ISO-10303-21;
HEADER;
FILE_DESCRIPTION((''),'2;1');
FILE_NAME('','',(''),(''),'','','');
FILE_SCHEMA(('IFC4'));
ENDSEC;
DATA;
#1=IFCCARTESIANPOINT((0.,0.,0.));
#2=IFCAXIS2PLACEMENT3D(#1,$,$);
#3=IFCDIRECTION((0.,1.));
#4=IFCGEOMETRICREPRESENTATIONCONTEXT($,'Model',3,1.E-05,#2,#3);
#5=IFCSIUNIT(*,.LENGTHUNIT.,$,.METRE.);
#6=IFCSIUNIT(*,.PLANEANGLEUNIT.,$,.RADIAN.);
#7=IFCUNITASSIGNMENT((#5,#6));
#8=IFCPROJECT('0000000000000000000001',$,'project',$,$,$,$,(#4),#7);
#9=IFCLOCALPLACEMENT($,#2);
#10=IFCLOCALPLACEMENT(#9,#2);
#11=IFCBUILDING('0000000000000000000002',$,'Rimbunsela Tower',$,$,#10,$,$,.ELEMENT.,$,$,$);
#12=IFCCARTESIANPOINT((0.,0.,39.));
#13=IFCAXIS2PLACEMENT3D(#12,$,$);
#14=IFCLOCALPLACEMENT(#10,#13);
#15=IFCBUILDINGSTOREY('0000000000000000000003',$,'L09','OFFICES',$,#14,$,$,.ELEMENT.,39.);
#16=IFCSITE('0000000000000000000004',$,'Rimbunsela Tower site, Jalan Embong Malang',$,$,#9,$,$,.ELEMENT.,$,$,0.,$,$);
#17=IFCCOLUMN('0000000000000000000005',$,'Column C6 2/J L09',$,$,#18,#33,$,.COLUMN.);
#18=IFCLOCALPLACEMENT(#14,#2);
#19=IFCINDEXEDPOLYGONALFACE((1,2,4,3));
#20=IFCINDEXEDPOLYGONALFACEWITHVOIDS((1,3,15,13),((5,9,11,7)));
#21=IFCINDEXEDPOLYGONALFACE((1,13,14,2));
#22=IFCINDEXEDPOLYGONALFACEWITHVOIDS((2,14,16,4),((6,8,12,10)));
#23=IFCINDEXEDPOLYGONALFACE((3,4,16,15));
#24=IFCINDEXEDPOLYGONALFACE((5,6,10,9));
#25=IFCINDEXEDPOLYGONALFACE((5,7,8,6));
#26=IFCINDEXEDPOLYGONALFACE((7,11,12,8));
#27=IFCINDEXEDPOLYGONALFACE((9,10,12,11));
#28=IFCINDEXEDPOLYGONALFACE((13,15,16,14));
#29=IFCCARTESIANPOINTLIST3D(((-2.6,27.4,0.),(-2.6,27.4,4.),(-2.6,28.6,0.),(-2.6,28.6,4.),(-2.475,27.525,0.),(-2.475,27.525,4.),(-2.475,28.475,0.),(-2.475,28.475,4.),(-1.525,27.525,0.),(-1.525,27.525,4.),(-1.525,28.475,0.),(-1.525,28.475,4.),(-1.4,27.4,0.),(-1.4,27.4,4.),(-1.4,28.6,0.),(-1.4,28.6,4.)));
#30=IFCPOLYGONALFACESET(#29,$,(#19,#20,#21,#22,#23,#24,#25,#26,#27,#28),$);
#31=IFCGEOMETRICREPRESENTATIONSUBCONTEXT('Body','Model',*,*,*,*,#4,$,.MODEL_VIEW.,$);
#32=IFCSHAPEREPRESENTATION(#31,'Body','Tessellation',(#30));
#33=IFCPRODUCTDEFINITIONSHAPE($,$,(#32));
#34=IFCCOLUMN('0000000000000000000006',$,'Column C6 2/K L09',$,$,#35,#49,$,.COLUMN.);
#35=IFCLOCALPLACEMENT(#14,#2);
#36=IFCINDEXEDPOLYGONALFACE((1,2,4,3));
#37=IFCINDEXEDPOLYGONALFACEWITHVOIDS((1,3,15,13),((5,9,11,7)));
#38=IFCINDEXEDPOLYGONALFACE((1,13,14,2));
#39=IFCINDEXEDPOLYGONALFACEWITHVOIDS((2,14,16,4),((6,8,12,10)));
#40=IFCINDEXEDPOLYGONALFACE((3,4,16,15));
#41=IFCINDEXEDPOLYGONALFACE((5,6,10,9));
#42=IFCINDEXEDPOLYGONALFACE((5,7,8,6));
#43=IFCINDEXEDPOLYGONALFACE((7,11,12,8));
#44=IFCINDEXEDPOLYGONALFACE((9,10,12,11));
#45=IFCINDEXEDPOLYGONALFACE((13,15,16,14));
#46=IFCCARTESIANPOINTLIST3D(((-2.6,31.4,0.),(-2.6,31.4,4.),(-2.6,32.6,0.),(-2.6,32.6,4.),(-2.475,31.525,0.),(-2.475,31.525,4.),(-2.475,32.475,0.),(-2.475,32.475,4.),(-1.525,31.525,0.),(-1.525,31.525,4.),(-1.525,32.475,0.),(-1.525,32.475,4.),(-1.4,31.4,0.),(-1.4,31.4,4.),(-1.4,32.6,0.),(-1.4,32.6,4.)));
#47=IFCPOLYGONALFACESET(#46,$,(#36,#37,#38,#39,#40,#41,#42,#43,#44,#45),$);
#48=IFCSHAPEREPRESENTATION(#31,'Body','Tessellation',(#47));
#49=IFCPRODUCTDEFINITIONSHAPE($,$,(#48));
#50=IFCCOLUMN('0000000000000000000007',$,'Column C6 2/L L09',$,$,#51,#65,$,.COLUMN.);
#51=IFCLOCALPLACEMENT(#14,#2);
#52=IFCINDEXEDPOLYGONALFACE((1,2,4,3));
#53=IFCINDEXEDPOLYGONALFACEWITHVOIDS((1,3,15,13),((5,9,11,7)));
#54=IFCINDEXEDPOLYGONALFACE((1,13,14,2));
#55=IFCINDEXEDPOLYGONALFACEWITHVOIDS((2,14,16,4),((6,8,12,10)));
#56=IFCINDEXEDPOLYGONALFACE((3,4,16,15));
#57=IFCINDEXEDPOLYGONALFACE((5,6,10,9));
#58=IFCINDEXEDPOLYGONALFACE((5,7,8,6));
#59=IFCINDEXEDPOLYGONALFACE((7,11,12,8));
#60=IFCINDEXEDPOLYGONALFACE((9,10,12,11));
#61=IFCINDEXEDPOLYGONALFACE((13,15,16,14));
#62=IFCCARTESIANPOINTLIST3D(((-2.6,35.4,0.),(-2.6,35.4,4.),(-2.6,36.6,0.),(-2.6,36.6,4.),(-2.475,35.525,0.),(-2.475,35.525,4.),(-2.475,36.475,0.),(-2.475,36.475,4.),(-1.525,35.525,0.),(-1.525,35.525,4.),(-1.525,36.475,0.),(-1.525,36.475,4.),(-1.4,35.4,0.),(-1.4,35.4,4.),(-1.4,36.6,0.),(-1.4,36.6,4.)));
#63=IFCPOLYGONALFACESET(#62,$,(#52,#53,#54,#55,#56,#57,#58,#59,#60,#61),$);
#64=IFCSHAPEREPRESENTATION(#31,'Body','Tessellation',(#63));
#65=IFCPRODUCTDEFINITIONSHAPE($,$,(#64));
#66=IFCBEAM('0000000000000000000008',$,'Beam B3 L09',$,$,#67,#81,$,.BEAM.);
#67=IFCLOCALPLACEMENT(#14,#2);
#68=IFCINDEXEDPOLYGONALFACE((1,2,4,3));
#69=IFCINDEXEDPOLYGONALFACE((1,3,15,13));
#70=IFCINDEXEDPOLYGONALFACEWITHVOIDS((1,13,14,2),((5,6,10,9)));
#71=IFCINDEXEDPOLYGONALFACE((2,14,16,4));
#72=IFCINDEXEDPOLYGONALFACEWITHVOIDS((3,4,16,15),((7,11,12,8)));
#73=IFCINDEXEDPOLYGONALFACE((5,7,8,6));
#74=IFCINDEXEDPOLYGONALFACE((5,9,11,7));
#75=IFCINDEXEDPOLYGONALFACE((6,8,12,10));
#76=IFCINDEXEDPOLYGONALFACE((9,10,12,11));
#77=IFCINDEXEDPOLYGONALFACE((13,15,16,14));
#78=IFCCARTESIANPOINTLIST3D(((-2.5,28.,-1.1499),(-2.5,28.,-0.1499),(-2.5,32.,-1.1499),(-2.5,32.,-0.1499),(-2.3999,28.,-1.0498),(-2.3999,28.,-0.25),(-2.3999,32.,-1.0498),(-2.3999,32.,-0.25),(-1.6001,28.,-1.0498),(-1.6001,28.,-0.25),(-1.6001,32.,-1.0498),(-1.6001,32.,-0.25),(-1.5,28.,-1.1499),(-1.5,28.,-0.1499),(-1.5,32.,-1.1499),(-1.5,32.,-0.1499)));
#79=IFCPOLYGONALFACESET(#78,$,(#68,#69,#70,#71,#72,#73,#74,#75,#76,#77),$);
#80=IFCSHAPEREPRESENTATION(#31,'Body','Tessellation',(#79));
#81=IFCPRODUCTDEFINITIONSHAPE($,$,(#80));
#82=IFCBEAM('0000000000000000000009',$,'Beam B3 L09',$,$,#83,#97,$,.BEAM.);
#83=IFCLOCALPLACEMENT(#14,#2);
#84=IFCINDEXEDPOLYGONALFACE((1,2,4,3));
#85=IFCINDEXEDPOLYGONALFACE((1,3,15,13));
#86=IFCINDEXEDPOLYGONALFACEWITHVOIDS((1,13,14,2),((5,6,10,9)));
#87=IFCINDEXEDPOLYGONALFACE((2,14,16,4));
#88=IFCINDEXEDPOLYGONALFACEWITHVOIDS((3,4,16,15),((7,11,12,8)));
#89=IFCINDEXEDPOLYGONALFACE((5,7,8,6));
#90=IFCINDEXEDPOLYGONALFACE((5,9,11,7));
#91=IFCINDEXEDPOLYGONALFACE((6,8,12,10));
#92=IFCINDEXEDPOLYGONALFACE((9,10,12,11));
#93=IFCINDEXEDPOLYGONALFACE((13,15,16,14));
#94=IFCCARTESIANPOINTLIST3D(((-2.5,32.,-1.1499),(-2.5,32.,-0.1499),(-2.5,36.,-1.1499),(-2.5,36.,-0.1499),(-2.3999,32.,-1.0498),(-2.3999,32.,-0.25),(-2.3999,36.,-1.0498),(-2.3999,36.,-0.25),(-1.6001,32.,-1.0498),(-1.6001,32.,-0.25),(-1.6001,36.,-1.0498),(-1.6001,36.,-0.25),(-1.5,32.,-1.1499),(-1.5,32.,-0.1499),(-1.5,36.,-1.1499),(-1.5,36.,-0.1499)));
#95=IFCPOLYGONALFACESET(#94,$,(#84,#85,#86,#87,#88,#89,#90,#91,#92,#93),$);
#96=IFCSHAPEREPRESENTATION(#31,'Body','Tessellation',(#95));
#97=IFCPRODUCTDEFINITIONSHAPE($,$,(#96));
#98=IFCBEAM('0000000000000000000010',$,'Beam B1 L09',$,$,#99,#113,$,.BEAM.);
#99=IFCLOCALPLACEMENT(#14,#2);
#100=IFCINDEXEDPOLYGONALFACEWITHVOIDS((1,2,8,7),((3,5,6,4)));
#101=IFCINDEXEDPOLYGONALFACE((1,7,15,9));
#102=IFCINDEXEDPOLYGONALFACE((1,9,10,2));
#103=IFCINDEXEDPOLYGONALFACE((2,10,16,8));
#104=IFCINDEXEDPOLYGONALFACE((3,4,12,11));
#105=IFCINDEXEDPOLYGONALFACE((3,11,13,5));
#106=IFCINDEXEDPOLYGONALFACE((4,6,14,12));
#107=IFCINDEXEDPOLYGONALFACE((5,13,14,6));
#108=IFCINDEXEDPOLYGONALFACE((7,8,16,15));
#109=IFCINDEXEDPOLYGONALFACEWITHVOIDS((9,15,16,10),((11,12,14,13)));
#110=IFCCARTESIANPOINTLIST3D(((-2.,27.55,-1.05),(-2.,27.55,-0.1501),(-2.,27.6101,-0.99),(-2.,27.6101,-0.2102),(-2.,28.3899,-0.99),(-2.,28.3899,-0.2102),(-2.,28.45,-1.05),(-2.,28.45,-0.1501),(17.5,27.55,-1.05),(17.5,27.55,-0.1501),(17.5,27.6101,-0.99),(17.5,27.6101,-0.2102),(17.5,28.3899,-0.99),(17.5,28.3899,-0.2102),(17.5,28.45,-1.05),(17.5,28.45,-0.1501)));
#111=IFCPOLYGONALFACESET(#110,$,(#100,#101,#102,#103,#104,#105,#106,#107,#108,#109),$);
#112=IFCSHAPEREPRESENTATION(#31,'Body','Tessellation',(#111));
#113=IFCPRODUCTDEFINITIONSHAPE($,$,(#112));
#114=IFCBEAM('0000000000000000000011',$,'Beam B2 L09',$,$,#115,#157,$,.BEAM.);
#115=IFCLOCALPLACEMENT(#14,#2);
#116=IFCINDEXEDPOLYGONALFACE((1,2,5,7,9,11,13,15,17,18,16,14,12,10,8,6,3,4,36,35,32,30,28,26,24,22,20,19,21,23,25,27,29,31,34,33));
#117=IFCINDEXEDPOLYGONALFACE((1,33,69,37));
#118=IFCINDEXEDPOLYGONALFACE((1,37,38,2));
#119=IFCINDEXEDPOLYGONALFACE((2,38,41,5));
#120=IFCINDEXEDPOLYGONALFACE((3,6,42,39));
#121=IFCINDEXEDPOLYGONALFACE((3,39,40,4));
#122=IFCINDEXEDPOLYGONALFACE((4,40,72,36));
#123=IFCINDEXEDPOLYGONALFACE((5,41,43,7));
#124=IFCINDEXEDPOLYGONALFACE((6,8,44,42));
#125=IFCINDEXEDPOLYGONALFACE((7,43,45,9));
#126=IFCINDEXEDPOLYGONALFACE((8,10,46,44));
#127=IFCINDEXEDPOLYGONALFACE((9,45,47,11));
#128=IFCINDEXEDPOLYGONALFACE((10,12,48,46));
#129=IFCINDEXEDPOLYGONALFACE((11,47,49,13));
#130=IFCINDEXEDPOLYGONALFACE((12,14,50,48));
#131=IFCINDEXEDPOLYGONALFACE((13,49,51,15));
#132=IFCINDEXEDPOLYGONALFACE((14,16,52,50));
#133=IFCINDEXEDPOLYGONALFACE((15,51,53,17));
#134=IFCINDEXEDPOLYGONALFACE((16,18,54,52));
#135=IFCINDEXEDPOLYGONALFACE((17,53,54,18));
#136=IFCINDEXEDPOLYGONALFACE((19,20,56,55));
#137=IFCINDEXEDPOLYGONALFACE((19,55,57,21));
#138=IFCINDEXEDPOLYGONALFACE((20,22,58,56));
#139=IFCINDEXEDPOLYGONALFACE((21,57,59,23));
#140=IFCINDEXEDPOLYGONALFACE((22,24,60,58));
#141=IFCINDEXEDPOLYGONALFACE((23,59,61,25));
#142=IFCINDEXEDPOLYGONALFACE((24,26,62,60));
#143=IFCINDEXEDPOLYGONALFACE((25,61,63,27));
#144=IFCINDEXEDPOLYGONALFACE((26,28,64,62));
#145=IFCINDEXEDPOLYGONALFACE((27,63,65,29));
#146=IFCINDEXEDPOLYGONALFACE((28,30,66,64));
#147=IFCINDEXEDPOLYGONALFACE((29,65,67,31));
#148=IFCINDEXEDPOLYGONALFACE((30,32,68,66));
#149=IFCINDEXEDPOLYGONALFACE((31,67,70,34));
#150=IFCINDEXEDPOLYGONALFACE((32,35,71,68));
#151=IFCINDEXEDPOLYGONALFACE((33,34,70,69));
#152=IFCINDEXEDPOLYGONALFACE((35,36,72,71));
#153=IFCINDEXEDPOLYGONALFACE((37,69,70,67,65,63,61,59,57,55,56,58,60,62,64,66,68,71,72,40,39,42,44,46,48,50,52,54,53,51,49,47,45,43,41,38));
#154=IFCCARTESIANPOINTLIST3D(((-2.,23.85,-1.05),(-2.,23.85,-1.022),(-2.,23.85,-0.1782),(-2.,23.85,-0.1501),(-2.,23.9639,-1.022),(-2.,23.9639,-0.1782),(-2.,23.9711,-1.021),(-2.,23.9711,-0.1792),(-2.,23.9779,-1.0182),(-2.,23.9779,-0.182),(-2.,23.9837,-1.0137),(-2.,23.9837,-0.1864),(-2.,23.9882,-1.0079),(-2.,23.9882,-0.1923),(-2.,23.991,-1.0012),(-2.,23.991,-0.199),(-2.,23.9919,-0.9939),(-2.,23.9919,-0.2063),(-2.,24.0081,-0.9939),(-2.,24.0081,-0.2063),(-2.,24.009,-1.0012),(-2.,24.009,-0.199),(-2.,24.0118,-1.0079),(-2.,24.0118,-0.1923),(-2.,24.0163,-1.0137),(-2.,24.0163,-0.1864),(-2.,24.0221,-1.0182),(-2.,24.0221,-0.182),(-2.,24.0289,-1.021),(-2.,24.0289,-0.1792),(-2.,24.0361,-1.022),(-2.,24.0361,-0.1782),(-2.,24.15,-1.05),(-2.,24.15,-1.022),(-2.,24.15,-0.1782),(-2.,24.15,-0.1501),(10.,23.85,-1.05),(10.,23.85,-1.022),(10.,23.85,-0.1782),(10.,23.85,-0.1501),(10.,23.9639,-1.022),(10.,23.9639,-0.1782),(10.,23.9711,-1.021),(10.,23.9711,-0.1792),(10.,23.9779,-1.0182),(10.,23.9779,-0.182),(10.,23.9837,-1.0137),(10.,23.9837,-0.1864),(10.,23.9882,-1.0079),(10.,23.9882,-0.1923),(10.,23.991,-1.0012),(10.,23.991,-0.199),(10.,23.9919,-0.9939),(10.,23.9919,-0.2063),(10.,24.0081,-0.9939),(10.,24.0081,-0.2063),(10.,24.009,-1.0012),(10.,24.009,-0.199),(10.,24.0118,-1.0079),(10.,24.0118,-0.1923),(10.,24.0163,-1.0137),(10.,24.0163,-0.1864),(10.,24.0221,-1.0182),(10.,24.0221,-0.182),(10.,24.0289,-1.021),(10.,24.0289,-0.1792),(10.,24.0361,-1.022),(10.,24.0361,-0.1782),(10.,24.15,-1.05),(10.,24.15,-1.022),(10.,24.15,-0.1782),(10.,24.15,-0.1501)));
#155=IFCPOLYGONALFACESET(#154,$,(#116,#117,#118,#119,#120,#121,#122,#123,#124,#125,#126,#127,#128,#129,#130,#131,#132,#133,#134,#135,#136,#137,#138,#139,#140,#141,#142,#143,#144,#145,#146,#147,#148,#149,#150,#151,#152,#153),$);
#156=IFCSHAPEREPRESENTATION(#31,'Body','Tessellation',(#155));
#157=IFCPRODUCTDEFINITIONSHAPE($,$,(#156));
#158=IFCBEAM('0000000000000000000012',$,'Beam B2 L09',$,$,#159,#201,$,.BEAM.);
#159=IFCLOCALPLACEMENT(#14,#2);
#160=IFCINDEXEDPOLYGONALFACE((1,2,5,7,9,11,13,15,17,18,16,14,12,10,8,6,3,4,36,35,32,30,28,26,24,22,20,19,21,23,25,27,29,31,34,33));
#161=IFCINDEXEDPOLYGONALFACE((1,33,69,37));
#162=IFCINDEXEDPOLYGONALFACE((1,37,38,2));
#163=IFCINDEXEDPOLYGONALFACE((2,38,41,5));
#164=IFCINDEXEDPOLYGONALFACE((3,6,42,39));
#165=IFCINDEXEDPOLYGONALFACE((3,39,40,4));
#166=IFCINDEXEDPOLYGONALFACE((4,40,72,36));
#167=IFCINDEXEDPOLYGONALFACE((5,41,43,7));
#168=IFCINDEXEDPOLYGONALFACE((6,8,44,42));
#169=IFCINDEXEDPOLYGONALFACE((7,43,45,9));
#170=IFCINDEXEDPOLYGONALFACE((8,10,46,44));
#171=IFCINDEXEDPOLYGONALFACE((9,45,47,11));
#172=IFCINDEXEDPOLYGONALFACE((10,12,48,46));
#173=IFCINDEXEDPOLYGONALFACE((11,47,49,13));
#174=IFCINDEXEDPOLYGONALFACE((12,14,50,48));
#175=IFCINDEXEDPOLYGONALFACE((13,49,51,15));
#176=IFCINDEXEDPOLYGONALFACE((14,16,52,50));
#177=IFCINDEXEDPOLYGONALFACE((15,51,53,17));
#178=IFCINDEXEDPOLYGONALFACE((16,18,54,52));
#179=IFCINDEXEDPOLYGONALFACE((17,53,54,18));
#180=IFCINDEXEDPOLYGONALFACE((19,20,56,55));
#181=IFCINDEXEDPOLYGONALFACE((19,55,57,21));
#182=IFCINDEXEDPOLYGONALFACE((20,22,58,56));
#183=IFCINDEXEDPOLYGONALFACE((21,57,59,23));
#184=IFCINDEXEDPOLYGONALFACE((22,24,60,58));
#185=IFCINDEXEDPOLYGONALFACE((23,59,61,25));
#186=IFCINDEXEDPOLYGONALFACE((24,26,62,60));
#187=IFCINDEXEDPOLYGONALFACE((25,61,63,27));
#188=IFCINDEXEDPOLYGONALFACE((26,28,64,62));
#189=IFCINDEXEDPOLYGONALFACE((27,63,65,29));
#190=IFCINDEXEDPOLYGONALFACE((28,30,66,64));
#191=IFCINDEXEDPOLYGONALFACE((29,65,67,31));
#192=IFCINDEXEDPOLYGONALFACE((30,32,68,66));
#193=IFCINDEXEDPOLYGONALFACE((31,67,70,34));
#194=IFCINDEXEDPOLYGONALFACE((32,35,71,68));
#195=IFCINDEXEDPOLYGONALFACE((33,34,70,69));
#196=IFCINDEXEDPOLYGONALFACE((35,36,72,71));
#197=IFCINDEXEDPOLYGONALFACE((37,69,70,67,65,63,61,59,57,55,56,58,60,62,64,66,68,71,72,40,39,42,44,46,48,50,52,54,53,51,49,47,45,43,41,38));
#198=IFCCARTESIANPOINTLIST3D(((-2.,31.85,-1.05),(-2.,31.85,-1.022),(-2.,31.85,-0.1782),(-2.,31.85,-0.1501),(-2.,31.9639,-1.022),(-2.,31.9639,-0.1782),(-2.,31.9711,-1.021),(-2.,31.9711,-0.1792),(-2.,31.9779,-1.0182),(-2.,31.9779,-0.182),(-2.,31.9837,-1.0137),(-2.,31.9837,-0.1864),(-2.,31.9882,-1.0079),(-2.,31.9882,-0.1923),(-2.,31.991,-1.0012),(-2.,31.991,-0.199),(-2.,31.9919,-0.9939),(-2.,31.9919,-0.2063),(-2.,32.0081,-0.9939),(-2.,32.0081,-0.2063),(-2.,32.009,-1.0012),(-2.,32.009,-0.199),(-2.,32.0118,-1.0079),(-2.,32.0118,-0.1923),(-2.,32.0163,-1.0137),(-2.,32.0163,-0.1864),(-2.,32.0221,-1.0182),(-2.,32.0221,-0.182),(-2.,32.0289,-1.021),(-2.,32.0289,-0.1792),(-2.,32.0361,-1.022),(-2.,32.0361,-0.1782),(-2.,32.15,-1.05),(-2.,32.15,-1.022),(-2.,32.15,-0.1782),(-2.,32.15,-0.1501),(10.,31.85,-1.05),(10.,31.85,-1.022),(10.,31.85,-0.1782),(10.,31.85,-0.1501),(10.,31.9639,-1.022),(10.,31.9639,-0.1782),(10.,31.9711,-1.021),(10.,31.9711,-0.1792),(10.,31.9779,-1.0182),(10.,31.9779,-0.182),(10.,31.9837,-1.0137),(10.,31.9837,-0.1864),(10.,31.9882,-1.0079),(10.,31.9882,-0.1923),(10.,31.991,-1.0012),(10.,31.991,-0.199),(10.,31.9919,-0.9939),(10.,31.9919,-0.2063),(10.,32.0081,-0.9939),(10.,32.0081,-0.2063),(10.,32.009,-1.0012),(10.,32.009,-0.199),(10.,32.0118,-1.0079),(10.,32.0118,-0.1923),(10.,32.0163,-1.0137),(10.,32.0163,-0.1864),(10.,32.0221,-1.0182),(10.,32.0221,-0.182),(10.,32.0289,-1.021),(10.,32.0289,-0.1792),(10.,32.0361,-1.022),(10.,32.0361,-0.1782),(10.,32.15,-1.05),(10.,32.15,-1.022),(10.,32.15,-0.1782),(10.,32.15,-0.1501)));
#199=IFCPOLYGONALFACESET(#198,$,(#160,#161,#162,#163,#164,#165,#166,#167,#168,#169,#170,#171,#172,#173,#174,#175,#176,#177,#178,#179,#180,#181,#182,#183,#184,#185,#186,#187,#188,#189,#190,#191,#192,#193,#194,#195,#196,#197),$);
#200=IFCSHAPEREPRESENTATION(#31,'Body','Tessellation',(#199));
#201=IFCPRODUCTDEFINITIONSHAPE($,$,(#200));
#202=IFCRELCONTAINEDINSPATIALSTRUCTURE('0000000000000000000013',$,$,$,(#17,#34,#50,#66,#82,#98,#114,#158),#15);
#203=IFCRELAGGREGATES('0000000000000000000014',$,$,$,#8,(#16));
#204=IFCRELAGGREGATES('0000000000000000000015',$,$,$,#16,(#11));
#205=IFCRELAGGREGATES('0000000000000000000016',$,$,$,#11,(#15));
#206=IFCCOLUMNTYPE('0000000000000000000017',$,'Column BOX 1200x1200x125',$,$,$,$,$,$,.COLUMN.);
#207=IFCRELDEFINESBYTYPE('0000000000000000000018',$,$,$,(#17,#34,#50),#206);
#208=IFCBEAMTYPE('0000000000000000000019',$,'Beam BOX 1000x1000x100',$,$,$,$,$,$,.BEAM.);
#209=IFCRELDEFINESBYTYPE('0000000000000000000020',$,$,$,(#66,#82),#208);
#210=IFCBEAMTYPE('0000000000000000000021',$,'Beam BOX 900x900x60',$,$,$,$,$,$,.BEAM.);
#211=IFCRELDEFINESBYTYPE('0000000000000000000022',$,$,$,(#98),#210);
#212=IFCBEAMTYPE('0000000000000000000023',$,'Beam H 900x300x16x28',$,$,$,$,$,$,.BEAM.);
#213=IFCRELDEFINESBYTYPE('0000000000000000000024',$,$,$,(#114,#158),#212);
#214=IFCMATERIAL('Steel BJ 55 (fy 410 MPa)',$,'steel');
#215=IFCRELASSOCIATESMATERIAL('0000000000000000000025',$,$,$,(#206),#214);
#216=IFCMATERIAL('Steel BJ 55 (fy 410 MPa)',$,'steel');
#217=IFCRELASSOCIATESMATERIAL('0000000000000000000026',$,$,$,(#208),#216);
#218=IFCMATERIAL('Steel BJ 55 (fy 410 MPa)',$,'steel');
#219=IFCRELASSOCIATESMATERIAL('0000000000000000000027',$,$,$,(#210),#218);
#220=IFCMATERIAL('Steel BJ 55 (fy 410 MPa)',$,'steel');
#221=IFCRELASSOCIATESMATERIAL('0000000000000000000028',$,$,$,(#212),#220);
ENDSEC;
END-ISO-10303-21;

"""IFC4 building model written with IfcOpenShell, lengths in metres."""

from ifc_helpers import new_model, si_unit, direction, frame, origin, origin_2d, place, context, subcontext, project, spatial, hollow_rectangle, i_section, extrude, material, material_profile, profile_set, type_object, element, save


model = new_model("IFC4")

# Units and contexts
model_context = context("Model", 3, precision=1e-05, world=origin(), true_north=direction((0.0, 1.0)))
body_context = subcontext(model_context, "Body", "Model", "MODEL_VIEW")
ifc_project = project(units=[si_unit("LENGTHUNIT", "METRE"), si_unit("PLANEANGLEUNIT", "RADIAN")], contexts=[model_context])

# Site, building, storey
site_placement = place(None, origin())
site = spatial("IfcSite", under=ifc_project, at=site_placement, Name="Rimbunsela Tower site, Jalan Embong Malang", CompositionType="ELEMENT", RefElevation=0.0)
building_placement = place(site_placement, origin())
building = spatial("IfcBuilding", under=site, at=building_placement, Name="Rimbunsela Tower", CompositionType="ELEMENT")
storey_placement = place(building_placement, frame((0.0, 0.0, 39.0)))
storey = spatial("IfcBuildingStorey", under=building, at=storey_placement, Name="L09", Description="OFFICES", CompositionType="ELEMENT", Elevation=39.0)

# Columns
ifc_material_1 = material(Name="Steel BJ 55 (fy 410 MPa)", Category="steel")
ifc_material_profile_1 = material_profile(ifc_material_1, hollow_rectangle(XDim=1.2, YDim=1.2, WallThickness=0.125, at=origin_2d()), Name="BOX 1200x1200x125")
ifc_profile_set_1 = profile_set([ifc_material_profile_1], Name="Steel BJ 55 (fy 410 MPa)")
column_type = type_object("IfcColumnType", Name="Column BOX 1200x1200x125", PredefinedType="COLUMN", material=ifc_profile_set_1)
for number, where, z_axis, x_axis, name in (
    (1, (-2.0, 28.0, 0.0), (0.0, 0.0, 1.0), (1.0, 0.0, 0.0), "Column C6 2/J L09"),
    (2, (-2.0, 32.0, 0.0), (0.0, 0.0, 1.0), (1.0, 0.0, 0.0), "Column C6 2/K L09"),
    (3, (-2.0, 36.0, 0.0), (0.0, 0.0, 1.0), (1.0, 0.0, 0.0), "Column C6 2/L L09"),
):
    element("IfcColumn", number, at=place(storey_placement, frame(where, z_axis=z_axis, x_axis=x_axis)), inside=storey, type_object=column_type, Name=name, PredefinedType="COLUMN", context=body_context, shape_type="SweptSolid", body=[
        extrude(hollow_rectangle(XDim=1.2, YDim=1.2, WallThickness=0.125, at=origin_2d()), origin(), (0.0, 0.0, 1.0), 4.0),
    ])

# Beams
ifc_material_2 = material(Name="Steel BJ 55 (fy 410 MPa)", Category="steel")
ifc_material_profile_2 = material_profile(ifc_material_2, hollow_rectangle(XDim=1.0, YDim=1.0, WallThickness=0.1001, at=origin_2d()), Name="BOX 1000x1000x100")
ifc_profile_set_2 = profile_set([ifc_material_profile_2], Name="Steel BJ 55 (fy 410 MPa)")
beam_type_1 = type_object("IfcBeamType", Name="Beam BOX 1000x1000x100", PredefinedType="BEAM", material=ifc_profile_set_2)
for number, where, z_axis, x_axis, name in (
    (4, (-2.0, 28.0, -0.6499), (0.0, 1.0, 0.0), (-1.0, 0.0, 0.0), "Beam B3 L09"),
    (5, (-2.0, 32.0, -0.6499), (0.0, 1.0, 0.0), (-1.0, 0.0, 0.0), "Beam B3 L09"),
):
    element("IfcBeam", number, at=place(storey_placement, frame(where, z_axis=z_axis, x_axis=x_axis)), inside=storey, type_object=beam_type_1, Name=name, PredefinedType="BEAM", context=body_context, shape_type="SweptSolid", body=[
        extrude(hollow_rectangle(XDim=1.0, YDim=1.0, WallThickness=0.1001, at=origin_2d()), origin(), (0.0, 0.0, 1.0), 4.0),
    ])
ifc_material_3 = material(Name="Steel BJ 55 (fy 410 MPa)", Category="steel")
ifc_material_profile_3 = material_profile(ifc_material_3, hollow_rectangle(XDim=0.8999, YDim=0.8999, WallThickness=0.0601, at=origin_2d()), Name="BOX 900x900x60")
ifc_profile_set_3 = profile_set([ifc_material_profile_3], Name="Steel BJ 55 (fy 410 MPa)")
beam_type_2 = type_object("IfcBeamType", Name="Beam BOX 900x900x60", PredefinedType="BEAM", material=ifc_profile_set_3)
beam_placement = place(storey_placement, frame((-2.0, 28.0, -0.6001), z_axis=(1.0, 0.0, 0.0), x_axis=(0.0, 1.0, 0.0)))
element("IfcBeam", 6, at=beam_placement, inside=storey, type_object=beam_type_2, Name="Beam B1 L09", PredefinedType="BEAM", context=body_context, shape_type="SweptSolid", body=[
    extrude(hollow_rectangle(XDim=0.8999, YDim=0.8999, WallThickness=0.0601, at=origin_2d()), origin(), (0.0, 0.0, 1.0), 19.5),
])
ifc_material_4 = material(Name="Steel BJ 55 (fy 410 MPa)", Category="steel")
ifc_material_profile_4 = material_profile(ifc_material_4, i_section(OverallWidth=0.3, OverallDepth=0.8999, WebThickness=0.0161, FlangeThickness=0.0281, FilletRadius=0.0281, at=origin_2d()), Name="H 900x300x16x28")
ifc_profile_set_4 = profile_set([ifc_material_profile_4], Name="Steel BJ 55 (fy 410 MPa)")
beam_type_3 = type_object("IfcBeamType", Name="Beam H 900x300x16x28", PredefinedType="BEAM", material=ifc_profile_set_4)
for number, where, z_axis, x_axis, name in (
    (7, (-2.0, 24.0, -0.6001), (1.0, 0.0, 0.0), (0.0, 1.0, 0.0), "Beam B2 L09"),
    (8, (-2.0, 32.0, -0.6001), (1.0, 0.0, 0.0), (0.0, 1.0, 0.0), "Beam B2 L09"),
):
    element("IfcBeam", number, at=place(storey_placement, frame(where, z_axis=z_axis, x_axis=x_axis)), inside=storey, type_object=beam_type_3, Name=name, PredefinedType="BEAM", context=body_context, shape_type="SweptSolid", body=[
        extrude(i_section(OverallWidth=0.3, OverallDepth=0.8999, WebThickness=0.0161, FlangeThickness=0.0281, FilletRadius=0.0281, at=origin_2d()), origin(), (0.0, 0.0, 1.0), 12.0),
    ])

save(model, "model.ifc")
